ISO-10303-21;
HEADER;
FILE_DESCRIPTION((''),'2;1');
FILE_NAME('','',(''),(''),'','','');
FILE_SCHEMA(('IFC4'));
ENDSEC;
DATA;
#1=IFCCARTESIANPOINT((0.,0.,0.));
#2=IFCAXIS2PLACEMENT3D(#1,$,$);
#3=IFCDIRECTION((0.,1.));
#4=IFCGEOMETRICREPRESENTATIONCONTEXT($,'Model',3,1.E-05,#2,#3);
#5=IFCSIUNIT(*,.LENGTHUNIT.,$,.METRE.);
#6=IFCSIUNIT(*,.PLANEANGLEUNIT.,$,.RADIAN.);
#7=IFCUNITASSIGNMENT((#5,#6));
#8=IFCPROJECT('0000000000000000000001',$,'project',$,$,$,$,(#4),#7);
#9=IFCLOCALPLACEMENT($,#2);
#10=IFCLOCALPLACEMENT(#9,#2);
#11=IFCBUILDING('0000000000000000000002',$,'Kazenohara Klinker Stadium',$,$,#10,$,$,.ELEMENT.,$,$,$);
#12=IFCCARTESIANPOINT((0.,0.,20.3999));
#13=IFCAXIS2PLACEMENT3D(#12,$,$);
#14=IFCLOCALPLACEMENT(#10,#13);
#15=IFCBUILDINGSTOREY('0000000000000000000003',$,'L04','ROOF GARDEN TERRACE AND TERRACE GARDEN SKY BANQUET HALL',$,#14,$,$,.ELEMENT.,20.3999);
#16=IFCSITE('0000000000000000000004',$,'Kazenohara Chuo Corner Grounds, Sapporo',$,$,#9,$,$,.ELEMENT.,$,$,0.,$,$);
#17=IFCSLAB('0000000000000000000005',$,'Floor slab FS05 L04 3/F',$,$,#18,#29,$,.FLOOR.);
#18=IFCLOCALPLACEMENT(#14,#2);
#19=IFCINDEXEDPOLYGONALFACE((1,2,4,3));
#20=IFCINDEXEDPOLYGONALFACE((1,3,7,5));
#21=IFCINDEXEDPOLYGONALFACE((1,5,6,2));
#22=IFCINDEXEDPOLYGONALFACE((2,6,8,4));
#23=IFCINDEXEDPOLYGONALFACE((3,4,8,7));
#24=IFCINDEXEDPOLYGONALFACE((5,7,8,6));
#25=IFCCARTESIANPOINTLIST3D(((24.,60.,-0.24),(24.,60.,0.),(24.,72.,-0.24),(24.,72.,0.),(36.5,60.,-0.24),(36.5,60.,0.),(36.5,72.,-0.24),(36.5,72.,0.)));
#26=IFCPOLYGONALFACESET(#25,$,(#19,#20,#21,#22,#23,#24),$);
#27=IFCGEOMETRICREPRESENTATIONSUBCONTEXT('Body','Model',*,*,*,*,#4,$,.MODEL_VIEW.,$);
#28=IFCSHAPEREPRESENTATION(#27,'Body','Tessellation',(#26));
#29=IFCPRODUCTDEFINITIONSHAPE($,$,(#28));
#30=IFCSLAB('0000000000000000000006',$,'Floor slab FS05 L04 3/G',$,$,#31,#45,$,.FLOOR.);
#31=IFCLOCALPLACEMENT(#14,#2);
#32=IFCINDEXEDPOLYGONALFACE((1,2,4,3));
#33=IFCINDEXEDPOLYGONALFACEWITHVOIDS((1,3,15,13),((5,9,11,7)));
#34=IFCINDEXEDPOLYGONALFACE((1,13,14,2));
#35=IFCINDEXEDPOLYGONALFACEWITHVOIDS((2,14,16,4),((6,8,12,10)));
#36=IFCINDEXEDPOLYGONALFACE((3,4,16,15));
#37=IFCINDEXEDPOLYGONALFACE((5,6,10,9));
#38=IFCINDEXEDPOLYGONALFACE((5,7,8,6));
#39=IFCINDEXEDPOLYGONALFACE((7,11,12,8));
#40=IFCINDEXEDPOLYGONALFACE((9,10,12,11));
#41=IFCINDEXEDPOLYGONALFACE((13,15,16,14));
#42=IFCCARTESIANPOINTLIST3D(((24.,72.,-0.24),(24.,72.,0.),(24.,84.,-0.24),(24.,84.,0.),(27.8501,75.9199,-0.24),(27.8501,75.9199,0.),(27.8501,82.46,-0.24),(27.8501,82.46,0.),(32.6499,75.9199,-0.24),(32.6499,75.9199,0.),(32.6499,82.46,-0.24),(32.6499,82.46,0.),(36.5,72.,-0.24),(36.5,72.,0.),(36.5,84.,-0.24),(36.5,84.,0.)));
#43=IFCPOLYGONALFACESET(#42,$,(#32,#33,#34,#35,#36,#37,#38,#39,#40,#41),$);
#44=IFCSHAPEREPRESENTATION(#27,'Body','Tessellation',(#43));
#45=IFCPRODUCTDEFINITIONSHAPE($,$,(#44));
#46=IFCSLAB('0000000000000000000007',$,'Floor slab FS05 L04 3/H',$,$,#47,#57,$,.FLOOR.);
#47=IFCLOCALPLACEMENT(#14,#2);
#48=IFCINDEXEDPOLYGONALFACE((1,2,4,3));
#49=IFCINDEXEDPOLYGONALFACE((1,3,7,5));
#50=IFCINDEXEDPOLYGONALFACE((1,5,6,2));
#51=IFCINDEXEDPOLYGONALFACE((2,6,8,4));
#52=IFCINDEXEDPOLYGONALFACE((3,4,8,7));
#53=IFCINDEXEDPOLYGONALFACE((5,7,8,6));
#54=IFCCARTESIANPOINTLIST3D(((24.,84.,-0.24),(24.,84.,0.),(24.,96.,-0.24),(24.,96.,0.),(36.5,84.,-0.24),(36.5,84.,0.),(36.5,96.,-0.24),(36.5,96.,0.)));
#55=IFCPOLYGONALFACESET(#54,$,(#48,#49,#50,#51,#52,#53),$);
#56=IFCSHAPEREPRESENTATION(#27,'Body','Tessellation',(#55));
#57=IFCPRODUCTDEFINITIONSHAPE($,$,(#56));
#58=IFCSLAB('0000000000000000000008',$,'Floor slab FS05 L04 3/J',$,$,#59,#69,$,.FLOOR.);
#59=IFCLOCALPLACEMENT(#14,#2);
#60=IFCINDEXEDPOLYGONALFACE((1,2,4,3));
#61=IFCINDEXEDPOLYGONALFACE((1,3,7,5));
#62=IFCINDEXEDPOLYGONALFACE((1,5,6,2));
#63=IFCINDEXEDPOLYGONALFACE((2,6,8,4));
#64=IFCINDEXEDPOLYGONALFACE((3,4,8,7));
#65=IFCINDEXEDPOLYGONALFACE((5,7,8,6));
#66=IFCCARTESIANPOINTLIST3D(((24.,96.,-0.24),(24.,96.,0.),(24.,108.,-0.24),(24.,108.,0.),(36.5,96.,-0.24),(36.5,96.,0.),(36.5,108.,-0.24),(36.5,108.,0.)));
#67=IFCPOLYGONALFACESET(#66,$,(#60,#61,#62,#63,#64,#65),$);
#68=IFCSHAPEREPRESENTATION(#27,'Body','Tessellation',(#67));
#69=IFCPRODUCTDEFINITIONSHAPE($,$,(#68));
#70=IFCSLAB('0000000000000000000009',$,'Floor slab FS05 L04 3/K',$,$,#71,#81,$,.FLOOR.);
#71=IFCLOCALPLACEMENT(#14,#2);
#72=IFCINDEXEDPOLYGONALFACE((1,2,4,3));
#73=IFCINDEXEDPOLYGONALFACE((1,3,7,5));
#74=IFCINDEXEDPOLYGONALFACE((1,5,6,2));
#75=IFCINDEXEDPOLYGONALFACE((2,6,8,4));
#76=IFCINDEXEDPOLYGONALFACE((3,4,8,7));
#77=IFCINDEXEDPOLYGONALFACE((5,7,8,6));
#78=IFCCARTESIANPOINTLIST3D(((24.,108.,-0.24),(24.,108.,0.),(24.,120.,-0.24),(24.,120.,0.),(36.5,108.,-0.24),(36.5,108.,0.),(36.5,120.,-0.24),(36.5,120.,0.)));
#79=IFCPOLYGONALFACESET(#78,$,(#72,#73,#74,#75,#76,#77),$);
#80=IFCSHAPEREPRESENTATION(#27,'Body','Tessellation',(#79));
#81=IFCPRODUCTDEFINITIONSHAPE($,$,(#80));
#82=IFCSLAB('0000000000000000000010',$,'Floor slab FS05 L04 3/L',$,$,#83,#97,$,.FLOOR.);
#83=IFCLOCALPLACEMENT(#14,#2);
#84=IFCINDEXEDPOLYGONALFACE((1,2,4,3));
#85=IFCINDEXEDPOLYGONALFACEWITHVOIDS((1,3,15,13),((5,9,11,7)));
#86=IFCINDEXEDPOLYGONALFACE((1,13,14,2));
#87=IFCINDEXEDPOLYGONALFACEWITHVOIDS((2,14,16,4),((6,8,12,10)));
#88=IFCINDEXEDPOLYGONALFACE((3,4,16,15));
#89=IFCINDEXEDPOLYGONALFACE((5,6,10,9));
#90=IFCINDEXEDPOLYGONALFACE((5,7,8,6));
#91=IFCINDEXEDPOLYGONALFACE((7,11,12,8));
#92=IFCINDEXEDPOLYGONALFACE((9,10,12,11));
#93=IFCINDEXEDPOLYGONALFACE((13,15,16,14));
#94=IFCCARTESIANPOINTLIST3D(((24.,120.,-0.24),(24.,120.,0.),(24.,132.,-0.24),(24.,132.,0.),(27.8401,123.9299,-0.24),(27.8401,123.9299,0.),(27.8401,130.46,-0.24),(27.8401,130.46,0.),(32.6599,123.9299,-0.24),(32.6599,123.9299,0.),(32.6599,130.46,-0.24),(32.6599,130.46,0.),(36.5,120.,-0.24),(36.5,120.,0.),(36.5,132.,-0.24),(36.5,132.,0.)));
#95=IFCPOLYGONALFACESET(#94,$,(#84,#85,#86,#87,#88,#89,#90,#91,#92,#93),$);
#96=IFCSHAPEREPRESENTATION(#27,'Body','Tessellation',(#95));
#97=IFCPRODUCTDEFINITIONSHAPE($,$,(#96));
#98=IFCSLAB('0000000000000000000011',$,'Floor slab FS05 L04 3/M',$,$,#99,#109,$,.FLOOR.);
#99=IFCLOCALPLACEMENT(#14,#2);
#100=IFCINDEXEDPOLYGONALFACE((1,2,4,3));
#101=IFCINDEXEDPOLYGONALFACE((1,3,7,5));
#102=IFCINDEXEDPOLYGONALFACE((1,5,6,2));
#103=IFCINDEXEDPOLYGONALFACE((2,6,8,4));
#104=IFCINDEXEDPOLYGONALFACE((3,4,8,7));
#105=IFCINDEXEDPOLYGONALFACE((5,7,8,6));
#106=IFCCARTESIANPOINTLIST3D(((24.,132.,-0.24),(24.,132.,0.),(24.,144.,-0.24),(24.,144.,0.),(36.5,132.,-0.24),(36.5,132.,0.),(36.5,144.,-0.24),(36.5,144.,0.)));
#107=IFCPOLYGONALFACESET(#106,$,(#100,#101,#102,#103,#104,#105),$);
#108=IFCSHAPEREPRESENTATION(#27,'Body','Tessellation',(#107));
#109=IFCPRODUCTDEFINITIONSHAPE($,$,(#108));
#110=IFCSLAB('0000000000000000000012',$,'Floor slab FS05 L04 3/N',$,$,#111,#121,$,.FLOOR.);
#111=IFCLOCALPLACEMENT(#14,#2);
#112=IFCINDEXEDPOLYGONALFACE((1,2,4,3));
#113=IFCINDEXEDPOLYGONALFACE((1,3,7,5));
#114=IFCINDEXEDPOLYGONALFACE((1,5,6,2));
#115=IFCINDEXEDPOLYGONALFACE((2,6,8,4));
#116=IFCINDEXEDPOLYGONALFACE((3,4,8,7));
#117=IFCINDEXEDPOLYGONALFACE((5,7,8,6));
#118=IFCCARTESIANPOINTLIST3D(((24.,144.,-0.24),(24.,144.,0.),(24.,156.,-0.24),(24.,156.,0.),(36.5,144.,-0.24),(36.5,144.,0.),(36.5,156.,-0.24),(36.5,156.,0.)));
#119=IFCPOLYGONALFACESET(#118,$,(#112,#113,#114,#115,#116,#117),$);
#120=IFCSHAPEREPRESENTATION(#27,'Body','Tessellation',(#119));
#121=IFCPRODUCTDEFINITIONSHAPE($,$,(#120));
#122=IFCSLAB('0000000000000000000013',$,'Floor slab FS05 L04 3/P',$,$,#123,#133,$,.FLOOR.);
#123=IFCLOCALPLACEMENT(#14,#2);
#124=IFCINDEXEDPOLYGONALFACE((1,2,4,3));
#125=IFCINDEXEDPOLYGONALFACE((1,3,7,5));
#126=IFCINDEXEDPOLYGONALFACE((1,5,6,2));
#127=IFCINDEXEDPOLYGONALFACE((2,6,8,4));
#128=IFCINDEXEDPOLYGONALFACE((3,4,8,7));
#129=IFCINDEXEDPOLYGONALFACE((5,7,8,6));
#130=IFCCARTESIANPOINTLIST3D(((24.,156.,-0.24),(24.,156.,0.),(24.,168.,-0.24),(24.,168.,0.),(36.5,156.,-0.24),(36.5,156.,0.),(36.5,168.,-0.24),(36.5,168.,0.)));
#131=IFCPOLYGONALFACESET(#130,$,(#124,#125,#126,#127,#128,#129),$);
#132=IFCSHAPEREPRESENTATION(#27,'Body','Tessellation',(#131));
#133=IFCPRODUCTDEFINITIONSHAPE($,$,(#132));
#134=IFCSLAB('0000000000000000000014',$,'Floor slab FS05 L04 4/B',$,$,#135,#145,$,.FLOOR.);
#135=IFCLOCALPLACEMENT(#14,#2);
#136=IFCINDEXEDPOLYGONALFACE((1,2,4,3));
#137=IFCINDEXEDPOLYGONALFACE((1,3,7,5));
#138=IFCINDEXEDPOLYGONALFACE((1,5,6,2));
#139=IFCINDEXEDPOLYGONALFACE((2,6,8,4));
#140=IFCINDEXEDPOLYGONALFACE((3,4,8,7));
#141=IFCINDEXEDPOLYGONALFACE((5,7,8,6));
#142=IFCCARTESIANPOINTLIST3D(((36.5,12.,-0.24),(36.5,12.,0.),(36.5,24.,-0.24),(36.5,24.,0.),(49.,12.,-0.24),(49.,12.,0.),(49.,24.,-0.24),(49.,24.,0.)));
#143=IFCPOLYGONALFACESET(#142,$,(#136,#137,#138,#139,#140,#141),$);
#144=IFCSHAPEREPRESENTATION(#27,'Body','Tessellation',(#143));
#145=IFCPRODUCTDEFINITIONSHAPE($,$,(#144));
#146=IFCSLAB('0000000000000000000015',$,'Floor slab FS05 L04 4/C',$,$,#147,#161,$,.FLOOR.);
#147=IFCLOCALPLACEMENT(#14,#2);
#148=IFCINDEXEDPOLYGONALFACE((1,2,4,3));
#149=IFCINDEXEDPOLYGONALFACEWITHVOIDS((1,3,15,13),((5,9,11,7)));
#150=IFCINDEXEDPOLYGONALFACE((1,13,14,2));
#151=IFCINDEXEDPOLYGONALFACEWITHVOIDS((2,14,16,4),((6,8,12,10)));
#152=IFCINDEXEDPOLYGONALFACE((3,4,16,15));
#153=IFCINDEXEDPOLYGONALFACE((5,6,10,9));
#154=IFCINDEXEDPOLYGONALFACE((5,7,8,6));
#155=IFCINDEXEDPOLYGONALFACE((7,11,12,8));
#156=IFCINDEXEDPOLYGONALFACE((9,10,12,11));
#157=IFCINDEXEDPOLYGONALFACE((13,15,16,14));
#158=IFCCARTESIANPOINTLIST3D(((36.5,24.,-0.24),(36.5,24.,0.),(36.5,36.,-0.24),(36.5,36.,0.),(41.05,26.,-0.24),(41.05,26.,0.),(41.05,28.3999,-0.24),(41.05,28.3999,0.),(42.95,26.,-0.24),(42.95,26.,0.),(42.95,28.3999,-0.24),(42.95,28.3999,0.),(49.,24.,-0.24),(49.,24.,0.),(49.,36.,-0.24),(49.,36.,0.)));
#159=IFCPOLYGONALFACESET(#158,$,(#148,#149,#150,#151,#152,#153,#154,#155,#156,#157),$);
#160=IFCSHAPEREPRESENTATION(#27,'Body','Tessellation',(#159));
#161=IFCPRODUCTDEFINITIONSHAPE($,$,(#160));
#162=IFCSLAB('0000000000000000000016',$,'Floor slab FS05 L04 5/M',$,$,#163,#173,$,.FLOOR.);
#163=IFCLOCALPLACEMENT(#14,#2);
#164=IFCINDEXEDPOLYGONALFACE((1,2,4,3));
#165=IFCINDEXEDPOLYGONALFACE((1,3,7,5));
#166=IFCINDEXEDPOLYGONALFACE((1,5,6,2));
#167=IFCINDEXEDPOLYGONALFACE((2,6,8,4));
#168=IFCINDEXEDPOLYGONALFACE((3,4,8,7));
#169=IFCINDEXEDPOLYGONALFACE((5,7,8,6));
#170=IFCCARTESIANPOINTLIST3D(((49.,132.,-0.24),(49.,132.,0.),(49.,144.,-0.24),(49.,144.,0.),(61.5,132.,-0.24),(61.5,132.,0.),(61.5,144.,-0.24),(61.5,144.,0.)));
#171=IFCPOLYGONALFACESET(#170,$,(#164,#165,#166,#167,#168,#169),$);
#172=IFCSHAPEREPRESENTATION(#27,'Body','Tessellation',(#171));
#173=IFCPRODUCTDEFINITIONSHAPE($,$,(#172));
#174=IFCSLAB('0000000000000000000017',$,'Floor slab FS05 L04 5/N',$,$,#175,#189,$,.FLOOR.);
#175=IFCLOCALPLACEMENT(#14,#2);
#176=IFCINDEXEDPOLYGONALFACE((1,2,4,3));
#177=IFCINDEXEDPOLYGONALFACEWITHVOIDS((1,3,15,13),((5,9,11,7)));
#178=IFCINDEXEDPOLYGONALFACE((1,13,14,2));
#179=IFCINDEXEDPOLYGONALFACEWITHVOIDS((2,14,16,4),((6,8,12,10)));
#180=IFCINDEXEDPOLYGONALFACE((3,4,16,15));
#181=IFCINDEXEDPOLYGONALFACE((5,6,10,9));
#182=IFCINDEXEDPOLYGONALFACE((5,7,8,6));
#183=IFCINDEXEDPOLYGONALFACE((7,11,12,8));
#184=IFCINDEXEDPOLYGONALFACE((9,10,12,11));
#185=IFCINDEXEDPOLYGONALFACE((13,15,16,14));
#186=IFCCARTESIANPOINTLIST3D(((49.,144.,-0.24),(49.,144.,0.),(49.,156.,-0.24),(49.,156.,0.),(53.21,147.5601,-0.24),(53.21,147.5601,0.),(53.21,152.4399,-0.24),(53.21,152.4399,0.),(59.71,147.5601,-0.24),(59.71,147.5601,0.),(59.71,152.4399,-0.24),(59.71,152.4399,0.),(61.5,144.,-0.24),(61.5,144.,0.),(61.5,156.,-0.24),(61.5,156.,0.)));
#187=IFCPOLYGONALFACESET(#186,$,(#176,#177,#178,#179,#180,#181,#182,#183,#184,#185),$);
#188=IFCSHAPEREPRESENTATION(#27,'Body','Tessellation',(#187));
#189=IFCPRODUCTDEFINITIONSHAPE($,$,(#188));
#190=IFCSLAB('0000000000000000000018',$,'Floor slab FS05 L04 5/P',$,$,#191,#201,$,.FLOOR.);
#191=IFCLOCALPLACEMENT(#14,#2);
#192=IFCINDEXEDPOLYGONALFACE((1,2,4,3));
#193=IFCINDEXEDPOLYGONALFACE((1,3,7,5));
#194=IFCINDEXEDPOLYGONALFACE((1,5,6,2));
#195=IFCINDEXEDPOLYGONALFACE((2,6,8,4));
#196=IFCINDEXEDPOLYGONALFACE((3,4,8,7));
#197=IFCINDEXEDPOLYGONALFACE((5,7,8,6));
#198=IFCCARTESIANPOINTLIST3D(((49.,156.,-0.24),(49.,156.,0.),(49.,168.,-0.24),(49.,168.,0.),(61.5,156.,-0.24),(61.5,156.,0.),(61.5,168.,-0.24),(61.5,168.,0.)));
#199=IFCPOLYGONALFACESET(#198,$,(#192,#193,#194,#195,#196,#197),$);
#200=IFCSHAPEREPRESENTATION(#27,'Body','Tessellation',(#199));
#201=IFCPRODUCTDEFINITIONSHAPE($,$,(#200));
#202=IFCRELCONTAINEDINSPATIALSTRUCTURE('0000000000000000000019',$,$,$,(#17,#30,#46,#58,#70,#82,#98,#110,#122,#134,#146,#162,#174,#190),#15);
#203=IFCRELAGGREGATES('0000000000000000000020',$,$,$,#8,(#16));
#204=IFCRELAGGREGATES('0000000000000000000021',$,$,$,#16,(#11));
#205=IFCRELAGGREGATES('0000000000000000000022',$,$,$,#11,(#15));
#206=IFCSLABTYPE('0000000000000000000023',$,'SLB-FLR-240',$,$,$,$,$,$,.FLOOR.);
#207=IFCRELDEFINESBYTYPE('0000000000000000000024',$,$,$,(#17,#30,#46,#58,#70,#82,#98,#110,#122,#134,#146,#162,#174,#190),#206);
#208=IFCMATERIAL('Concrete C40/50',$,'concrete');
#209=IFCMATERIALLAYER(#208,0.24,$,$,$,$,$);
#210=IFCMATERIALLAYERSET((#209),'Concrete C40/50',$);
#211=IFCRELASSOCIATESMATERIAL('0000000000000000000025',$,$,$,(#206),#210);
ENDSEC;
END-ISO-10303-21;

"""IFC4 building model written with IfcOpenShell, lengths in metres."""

from ifc_helpers import new_model, si_unit, direction, frame, origin, place, context, subcontext, project, spatial, polyline, outline, extrude, material, layer, layer_set, type_object, element, save


model = new_model("IFC4")

# Units and contexts
model_context = context("Model", 3, precision=1e-05, world=origin(), true_north=direction((0.0, 1.0)))
body_context = subcontext(model_context, "Body", "Model", "MODEL_VIEW")
ifc_project = project(units=[si_unit("LENGTHUNIT", "METRE"), si_unit("PLANEANGLEUNIT", "RADIAN")], contexts=[model_context])

# Site, building, storey
site_placement = place(None, origin())
site = spatial("IfcSite", under=ifc_project, at=site_placement, Name="Kazenohara Chuo Corner Grounds, Sapporo", CompositionType="ELEMENT", RefElevation=0.0)
building_placement = place(site_placement, origin())
building = spatial("IfcBuilding", under=site, at=building_placement, Name="Kazenohara Klinker Stadium", CompositionType="ELEMENT")
storey_placement = place(building_placement, frame((0.0, 0.0, 20.3999)))
storey = spatial("IfcBuildingStorey", under=building, at=storey_placement, Name="L04", Description="ROOF GARDEN TERRACE AND TERRACE GARDEN SKY BANQUET HALL", CompositionType="ELEMENT", Elevation=20.3999)

# Slabs
ifc_material = material(Name="Concrete C40/50", Category="concrete")
ifc_layer = layer(ifc_material, 0.24)
ifc_layer_set = layer_set([ifc_layer], Name="Concrete C40/50")
slab_type = type_object("IfcSlabType", Name="SLB-FLR-240", PredefinedType="FLOOR", material=ifc_layer_set)
slab_1_placement = place(storey_placement, frame((0.0, 0.0, -0.24)))
element("IfcSlab", 1, at=slab_1_placement, inside=storey, type_object=slab_type, Name="Floor slab FS05 L04 3/F", PredefinedType="FLOOR", context=body_context, shape_type="SweptSolid", body=[
    extrude(outline(polyline([(24.0, 60.0), (36.5, 60.0), (36.5, 72.0), (24.0, 72.0), (24.0, 60.0)])), origin(), (0.0, 0.0, 1.0), 0.24),
])
slab_2_placement = place(storey_placement, frame((0.0, 0.0, -0.24)))
element("IfcSlab", 2, at=slab_2_placement, inside=storey, type_object=slab_type, Name="Floor slab FS05 L04 3/G", PredefinedType="FLOOR", context=body_context, shape_type="SweptSolid", body=[
    extrude(outline(polyline([(24.0, 72.0), (36.5, 72.0), (36.5, 84.0), (24.0, 84.0), (24.0, 72.0)]), holes=[polyline([(32.6499, 75.9199), (32.6499, 82.46), (27.8501, 82.46), (27.8501, 75.9199), (32.6499, 75.9199)])]), origin(), (0.0, 0.0, 1.0), 0.24),
])
slab_3_placement = place(storey_placement, frame((0.0, 0.0, -0.24)))
element("IfcSlab", 3, at=slab_3_placement, inside=storey, type_object=slab_type, Name="Floor slab FS05 L04 3/H", PredefinedType="FLOOR", context=body_context, shape_type="SweptSolid", body=[
    extrude(outline(polyline([(24.0, 84.0), (36.5, 84.0), (36.5, 96.0), (24.0, 96.0), (24.0, 84.0)])), origin(), (0.0, 0.0, 1.0), 0.24),
])
slab_4_placement = place(storey_placement, frame((0.0, 0.0, -0.24)))
element("IfcSlab", 4, at=slab_4_placement, inside=storey, type_object=slab_type, Name="Floor slab FS05 L04 3/J", PredefinedType="FLOOR", context=body_context, shape_type="SweptSolid", body=[
    extrude(outline(polyline([(24.0, 96.0), (36.5, 96.0), (36.5, 108.0), (24.0, 108.0), (24.0, 96.0)])), origin(), (0.0, 0.0, 1.0), 0.24),
])
slab_5_placement = place(storey_placement, frame((0.0, 0.0, -0.24)))
element("IfcSlab", 5, at=slab_5_placement, inside=storey, type_object=slab_type, Name="Floor slab FS05 L04 3/K", PredefinedType="FLOOR", context=body_context, shape_type="SweptSolid", body=[
    extrude(outline(polyline([(24.0, 108.0), (36.5, 108.0), (36.5, 120.0), (24.0, 120.0), (24.0, 108.0)])), origin(), (0.0, 0.0, 1.0), 0.24),
])
slab_6_placement = place(storey_placement, frame((0.0, 0.0, -0.24)))
element("IfcSlab", 6, at=slab_6_placement, inside=storey, type_object=slab_type, Name="Floor slab FS05 L04 3/L", PredefinedType="FLOOR", context=body_context, shape_type="SweptSolid", body=[
    extrude(outline(polyline([(24.0, 120.0), (36.5, 120.0), (36.5, 132.0), (24.0, 132.0), (24.0, 120.0)]), holes=[polyline([(32.6599, 123.9299), (32.6599, 130.46), (27.8401, 130.46), (27.8401, 123.9299), (32.6599, 123.9299)])]), origin(), (0.0, 0.0, 1.0), 0.24),
])
slab_7_placement = place(storey_placement, frame((0.0, 0.0, -0.24)))
element("IfcSlab", 7, at=slab_7_placement, inside=storey, type_object=slab_type, Name="Floor slab FS05 L04 3/M", PredefinedType="FLOOR", context=body_context, shape_type="SweptSolid", body=[
    extrude(outline(polyline([(24.0, 132.0), (36.5, 132.0), (36.5, 144.0), (24.0, 144.0), (24.0, 132.0)])), origin(), (0.0, 0.0, 1.0), 0.24),
])
slab_8_placement = place(storey_placement, frame((0.0, 0.0, -0.24)))
element("IfcSlab", 8, at=slab_8_placement, inside=storey, type_object=slab_type, Name="Floor slab FS05 L04 3/N", PredefinedType="FLOOR", context=body_context, shape_type="SweptSolid", body=[
    extrude(outline(polyline([(24.0, 144.0), (36.5, 144.0), (36.5, 156.0), (24.0, 156.0), (24.0, 144.0)])), origin(), (0.0, 0.0, 1.0), 0.24),
])
slab_9_placement = place(storey_placement, frame((0.0, 0.0, -0.24)))
element("IfcSlab", 9, at=slab_9_placement, inside=storey, type_object=slab_type, Name="Floor slab FS05 L04 3/P", PredefinedType="FLOOR", context=body_context, shape_type="SweptSolid", body=[
    extrude(outline(polyline([(24.0, 156.0), (36.5, 156.0), (36.5, 168.0), (24.0, 168.0), (24.0, 156.0)])), origin(), (0.0, 0.0, 1.0), 0.24),
])
slab_10_placement = place(storey_placement, frame((0.0, 0.0, -0.24)))
element("IfcSlab", 10, at=slab_10_placement, inside=storey, type_object=slab_type, Name="Floor slab FS05 L04 4/B", PredefinedType="FLOOR", context=body_context, shape_type="SweptSolid", body=[
    extrude(outline(polyline([(36.5, 12.0), (49.0, 12.0), (49.0, 24.0), (36.5, 24.0), (36.5, 12.0)])), origin(), (0.0, 0.0, 1.0), 0.24),
])
slab_11_placement = place(storey_placement, frame((0.0, 0.0, -0.24)))
element("IfcSlab", 11, at=slab_11_placement, inside=storey, type_object=slab_type, Name="Floor slab FS05 L04 4/C", PredefinedType="FLOOR", context=body_context, shape_type="SweptSolid", body=[
    extrude(outline(polyline([(36.5, 24.0), (49.0, 24.0), (49.0, 36.0), (36.5, 36.0), (36.5, 24.0)]), holes=[polyline([(41.05, 26.0), (42.95, 26.0), (42.95, 28.3999), (41.05, 28.3999), (41.05, 26.0)])]), origin(), (0.0, 0.0, 1.0), 0.24),
])
slab_12_placement = place(storey_placement, frame((0.0, 0.0, -0.24)))
element("IfcSlab", 12, at=slab_12_placement, inside=storey, type_object=slab_type, Name="Floor slab FS05 L04 5/M", PredefinedType="FLOOR", context=body_context, shape_type="SweptSolid", body=[
    extrude(outline(polyline([(49.0, 132.0), (61.5, 132.0), (61.5, 144.0), (49.0, 144.0), (49.0, 132.0)])), origin(), (0.0, 0.0, 1.0), 0.24),
])
slab_13_placement = place(storey_placement, frame((0.0, 0.0, -0.24)))
element("IfcSlab", 13, at=slab_13_placement, inside=storey, type_object=slab_type, Name="Floor slab FS05 L04 5/N", PredefinedType="FLOOR", context=body_context, shape_type="SweptSolid", body=[
    extrude(outline(polyline([(49.0, 144.0), (61.5, 144.0), (61.5, 156.0), (49.0, 156.0), (49.0, 144.0)]), holes=[polyline([(53.21, 147.5601), (59.71, 147.5601), (59.71, 152.4399), (53.21, 152.4399), (53.21, 147.5601)])]), origin(), (0.0, 0.0, 1.0), 0.24),
])
slab_14_placement = place(storey_placement, frame((0.0, 0.0, -0.24)))
element("IfcSlab", 14, at=slab_14_placement, inside=storey, type_object=slab_type, Name="Floor slab FS05 L04 5/P", PredefinedType="FLOOR", context=body_context, shape_type="SweptSolid", body=[
    extrude(outline(polyline([(49.0, 156.0), (61.5, 156.0), (61.5, 168.0), (49.0, 168.0), (49.0, 156.0)])), origin(), (0.0, 0.0, 1.0), 0.24),
])

save(model, "model.ifc")
